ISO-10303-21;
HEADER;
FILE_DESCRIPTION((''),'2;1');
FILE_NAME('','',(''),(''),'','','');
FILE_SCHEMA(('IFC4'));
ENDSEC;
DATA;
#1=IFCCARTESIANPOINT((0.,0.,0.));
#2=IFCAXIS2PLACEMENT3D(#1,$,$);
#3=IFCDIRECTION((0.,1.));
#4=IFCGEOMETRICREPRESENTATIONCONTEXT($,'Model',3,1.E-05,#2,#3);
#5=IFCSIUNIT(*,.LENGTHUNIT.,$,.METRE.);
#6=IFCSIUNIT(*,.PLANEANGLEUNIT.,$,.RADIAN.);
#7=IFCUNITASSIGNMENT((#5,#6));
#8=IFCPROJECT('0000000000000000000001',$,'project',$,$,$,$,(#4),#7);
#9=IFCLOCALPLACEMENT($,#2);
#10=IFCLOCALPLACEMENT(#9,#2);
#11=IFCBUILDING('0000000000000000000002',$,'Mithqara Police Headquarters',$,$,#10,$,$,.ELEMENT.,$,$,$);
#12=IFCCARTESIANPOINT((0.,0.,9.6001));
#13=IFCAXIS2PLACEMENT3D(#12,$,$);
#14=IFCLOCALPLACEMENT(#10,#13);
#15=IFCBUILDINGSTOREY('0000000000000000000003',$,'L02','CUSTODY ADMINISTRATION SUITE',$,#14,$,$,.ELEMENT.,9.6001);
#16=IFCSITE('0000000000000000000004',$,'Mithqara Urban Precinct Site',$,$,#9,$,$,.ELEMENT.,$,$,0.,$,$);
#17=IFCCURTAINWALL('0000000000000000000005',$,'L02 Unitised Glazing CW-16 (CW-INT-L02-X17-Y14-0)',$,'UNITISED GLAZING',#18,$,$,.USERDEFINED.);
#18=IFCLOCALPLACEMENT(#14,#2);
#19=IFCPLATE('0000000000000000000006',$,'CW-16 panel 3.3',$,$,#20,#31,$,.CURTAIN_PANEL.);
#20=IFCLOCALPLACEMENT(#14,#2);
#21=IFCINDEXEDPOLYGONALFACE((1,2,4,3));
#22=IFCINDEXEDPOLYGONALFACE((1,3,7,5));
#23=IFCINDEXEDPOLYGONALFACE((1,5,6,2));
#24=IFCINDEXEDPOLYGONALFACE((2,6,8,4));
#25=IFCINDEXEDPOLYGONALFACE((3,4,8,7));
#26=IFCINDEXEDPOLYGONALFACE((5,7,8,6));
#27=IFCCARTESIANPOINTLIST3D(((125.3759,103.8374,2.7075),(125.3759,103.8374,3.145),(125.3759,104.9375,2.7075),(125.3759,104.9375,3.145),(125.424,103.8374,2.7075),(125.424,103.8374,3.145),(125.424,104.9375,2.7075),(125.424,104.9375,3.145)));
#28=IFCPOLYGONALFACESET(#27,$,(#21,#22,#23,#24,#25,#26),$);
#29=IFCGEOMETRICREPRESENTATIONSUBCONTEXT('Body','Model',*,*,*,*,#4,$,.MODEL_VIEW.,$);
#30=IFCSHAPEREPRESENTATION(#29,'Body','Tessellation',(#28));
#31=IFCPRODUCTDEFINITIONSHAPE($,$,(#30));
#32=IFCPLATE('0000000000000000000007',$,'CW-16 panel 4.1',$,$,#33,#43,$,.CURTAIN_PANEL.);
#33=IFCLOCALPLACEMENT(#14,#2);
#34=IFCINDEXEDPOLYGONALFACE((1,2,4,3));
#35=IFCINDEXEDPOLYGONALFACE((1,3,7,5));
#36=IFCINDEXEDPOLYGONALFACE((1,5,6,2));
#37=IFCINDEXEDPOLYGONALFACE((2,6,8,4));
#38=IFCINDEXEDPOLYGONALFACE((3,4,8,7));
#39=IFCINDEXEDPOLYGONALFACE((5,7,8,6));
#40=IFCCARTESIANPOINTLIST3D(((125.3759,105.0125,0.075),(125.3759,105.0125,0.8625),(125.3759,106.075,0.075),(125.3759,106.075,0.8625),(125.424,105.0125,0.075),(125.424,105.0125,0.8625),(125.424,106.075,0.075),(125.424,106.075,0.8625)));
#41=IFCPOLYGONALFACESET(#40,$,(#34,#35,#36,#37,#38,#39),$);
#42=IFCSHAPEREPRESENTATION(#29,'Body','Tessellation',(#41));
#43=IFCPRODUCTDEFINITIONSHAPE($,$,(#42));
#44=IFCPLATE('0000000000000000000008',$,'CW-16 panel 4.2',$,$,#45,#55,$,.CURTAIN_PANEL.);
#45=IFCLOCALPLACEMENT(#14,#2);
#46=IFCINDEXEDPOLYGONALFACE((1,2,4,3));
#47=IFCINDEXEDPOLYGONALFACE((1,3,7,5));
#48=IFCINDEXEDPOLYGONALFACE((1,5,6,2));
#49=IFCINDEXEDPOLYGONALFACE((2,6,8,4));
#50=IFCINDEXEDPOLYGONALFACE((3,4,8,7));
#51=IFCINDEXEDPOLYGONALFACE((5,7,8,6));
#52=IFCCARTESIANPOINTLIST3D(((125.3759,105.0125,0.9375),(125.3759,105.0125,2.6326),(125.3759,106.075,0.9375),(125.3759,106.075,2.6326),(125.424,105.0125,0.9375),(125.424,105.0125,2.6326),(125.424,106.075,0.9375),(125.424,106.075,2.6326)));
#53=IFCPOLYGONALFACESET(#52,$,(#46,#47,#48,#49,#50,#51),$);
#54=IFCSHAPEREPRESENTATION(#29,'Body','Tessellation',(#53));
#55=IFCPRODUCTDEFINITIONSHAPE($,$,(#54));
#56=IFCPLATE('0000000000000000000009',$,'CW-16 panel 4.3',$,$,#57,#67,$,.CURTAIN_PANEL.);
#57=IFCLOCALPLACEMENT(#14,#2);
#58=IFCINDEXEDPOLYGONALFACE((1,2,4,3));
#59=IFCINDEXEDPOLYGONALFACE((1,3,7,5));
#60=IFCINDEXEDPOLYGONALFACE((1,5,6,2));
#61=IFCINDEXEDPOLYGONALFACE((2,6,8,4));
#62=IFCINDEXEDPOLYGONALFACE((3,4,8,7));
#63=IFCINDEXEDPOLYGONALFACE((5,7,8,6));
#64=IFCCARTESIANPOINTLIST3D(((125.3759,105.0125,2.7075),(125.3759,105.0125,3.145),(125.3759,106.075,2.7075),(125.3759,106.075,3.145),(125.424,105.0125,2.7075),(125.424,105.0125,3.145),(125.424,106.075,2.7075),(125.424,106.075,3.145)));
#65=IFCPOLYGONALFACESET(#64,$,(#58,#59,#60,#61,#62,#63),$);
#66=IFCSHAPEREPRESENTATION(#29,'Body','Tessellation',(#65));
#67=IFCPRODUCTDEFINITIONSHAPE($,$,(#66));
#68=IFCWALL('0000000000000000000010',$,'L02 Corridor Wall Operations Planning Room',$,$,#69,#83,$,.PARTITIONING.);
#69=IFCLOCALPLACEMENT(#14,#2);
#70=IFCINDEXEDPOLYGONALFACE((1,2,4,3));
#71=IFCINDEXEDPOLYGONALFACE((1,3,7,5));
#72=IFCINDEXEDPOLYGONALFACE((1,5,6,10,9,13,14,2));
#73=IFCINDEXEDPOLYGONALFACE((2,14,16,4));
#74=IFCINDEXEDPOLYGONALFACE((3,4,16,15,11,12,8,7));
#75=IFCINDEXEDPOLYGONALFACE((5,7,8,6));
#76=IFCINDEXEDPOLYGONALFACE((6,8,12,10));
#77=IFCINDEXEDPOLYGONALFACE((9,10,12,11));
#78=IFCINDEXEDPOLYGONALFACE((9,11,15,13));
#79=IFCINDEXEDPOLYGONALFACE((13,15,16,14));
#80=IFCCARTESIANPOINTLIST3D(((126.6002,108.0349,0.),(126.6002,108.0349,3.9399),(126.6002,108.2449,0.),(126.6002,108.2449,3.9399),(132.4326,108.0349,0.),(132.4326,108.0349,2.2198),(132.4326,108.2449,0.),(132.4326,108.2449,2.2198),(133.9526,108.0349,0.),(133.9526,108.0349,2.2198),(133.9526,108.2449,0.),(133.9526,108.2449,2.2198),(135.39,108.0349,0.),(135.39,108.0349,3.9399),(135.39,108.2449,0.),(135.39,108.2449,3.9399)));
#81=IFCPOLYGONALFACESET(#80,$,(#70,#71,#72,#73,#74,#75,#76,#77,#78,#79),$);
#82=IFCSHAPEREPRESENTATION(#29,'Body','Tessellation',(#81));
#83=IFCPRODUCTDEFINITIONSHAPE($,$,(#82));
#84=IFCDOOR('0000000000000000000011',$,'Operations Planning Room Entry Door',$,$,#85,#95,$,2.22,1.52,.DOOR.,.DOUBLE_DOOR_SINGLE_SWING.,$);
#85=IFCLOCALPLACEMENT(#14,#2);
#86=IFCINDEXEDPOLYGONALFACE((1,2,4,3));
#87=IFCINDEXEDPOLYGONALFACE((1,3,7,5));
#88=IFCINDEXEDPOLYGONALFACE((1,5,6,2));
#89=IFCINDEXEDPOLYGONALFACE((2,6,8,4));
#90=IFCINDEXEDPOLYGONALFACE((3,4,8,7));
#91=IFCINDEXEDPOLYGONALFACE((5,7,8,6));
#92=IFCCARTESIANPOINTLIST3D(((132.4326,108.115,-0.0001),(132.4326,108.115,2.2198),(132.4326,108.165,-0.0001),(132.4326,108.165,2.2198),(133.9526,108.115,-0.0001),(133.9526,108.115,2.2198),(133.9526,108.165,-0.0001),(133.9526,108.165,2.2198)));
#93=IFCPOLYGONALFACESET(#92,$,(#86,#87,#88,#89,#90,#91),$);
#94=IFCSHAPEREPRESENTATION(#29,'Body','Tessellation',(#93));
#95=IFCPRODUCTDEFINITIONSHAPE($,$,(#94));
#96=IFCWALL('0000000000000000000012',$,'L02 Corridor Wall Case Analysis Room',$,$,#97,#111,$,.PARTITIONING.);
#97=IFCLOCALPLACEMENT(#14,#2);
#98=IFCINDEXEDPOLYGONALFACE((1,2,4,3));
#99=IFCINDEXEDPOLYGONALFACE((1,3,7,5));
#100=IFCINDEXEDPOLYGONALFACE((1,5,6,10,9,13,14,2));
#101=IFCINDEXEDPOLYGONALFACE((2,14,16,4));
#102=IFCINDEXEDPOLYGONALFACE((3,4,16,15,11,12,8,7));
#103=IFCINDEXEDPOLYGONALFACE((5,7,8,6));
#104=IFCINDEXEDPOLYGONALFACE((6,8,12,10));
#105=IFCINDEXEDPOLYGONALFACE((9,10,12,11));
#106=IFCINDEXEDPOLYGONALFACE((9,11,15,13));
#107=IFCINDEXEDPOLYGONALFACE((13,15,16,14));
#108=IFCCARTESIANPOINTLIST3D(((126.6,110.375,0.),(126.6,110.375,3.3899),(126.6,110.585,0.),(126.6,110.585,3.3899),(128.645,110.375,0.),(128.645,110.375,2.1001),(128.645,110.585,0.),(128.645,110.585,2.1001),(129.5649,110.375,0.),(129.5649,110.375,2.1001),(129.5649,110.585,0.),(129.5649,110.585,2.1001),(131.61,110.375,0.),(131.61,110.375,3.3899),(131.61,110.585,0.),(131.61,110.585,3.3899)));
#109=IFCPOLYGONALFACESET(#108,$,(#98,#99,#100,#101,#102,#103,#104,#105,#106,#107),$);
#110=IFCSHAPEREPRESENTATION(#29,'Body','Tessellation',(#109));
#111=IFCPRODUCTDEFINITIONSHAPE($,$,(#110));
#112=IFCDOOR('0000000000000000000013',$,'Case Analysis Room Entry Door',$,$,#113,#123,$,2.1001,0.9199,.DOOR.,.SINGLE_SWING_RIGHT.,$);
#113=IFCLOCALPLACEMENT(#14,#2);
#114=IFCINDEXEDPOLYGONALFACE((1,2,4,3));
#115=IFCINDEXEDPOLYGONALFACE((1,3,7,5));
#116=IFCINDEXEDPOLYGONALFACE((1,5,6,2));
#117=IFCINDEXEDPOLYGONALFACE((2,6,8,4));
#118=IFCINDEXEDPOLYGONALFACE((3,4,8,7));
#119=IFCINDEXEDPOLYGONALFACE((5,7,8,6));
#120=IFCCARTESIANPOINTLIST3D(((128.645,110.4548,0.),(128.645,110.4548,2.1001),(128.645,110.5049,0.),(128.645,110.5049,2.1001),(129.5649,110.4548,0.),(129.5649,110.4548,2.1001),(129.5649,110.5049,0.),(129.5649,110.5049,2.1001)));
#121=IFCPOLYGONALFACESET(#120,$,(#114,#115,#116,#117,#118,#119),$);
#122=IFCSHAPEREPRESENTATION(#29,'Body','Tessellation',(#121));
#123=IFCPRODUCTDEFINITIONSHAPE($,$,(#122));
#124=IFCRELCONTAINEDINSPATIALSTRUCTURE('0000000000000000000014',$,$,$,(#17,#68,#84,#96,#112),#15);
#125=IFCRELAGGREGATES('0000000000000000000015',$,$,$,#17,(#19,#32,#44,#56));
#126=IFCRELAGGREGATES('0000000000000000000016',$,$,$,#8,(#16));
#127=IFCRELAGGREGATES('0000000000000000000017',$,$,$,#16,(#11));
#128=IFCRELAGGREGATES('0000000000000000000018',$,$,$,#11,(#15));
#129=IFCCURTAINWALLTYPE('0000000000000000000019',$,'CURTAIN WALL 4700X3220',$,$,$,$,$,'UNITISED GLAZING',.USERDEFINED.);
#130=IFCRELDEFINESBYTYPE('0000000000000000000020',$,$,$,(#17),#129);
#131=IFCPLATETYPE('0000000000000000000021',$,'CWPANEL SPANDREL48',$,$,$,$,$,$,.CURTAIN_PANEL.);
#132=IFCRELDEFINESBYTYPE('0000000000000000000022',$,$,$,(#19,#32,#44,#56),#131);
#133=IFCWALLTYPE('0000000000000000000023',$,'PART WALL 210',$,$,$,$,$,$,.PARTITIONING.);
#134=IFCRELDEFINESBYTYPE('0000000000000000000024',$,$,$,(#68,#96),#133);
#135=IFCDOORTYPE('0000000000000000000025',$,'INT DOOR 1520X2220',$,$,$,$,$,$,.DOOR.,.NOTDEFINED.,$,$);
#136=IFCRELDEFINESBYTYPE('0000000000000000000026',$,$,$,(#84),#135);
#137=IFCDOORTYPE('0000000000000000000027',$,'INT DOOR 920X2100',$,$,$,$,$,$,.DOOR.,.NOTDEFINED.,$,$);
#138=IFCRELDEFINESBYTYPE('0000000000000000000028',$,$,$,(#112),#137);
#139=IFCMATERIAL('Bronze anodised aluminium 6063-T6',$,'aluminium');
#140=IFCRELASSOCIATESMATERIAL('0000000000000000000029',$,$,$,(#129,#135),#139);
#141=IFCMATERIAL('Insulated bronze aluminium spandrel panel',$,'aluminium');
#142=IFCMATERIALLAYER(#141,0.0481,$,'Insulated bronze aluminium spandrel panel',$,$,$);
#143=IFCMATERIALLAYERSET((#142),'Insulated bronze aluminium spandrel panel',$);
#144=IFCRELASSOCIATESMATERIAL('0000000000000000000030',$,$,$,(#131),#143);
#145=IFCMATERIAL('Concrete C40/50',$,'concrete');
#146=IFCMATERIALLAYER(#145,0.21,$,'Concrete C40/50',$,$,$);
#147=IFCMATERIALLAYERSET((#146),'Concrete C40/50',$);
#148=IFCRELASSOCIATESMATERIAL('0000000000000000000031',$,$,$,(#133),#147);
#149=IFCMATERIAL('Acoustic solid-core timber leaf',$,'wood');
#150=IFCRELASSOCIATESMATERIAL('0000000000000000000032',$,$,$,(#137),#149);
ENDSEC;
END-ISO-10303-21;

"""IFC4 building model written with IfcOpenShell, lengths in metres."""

from ifc_helpers import new_model, si_unit, direction, frame, frame_2d, origin, origin_2d, place, context, subcontext, project, spatial, rectangle, extrude, material, layer, layer_set, type_object, element, fill, aggregate, save


model = new_model("IFC4")

# Units and contexts
model_context = context("Model", 3, precision=1e-05, world=origin(), true_north=direction((0.0, 1.0)))
body_context = subcontext(model_context, "Body", "Model", "MODEL_VIEW")
ifc_project = project(units=[si_unit("LENGTHUNIT", "METRE"), si_unit("PLANEANGLEUNIT", "RADIAN")], contexts=[model_context])

# Site, building, storey
site_placement = place(None, origin())
site = spatial("IfcSite", under=ifc_project, at=site_placement, Name="Mithqara Urban Precinct Site", CompositionType="ELEMENT", RefElevation=0.0)
building_placement = place(site_placement, origin())
building = spatial("IfcBuilding", under=site, at=building_placement, Name="Mithqara Police Headquarters", CompositionType="ELEMENT")
storey_placement = place(building_placement, frame((0.0, 0.0, 9.6001)))
storey = spatial("IfcBuildingStorey", under=building, at=storey_placement, Name="L02", Description="CUSTODY ADMINISTRATION SUITE", CompositionType="ELEMENT", Elevation=9.6001)

# Shared definitions
ifc_material_1 = material(Name="Concrete C40/50", Category="concrete")

# Curtain wall, plates
ifc_material_2 = material(Name="Bronze anodised aluminium 6063-T6", Category="aluminium")
curtain_wall_type = type_object("IfcCurtainWallType", Name="CURTAIN WALL 4700X3220", ElementType="UNITISED GLAZING", PredefinedType="USERDEFINED", material=ifc_material_2)
curtain_wall_placement = place(storey_placement, origin())
curtain_wall = element("IfcCurtainWall", 1, at=curtain_wall_placement, inside=storey, type_object=curtain_wall_type, Name="L02 Unitised Glazing CW-16 (CW-INT-L02-X17-Y14-0)", ObjectType="UNITISED GLAZING", PredefinedType="USERDEFINED")
ifc_material_3 = material(Name="Insulated bronze aluminium spandrel panel", Category="aluminium")
ifc_layer_1 = layer(ifc_material_3, 0.0481, Name="Insulated bronze aluminium spandrel panel")
ifc_layer_set_1 = layer_set([ifc_layer_1], Name="Insulated bronze aluminium spandrel panel")
plate_type = type_object("IfcPlateType", Name="CWPANEL SPANDREL48", PredefinedType="CURTAIN_PANEL", material=ifc_layer_set_1)
plate_1_placement = place(storey_placement, frame((125.3999, 104.3875, 2.7075), z_axis=(0.0, 0.0, 1.0), x_axis=(0.0, 1.0, 0.0)))
plate_1 = element("IfcPlate", 2, at=plate_1_placement, type_object=plate_type, Name="CW-16 panel 3.3", PredefinedType="CURTAIN_PANEL", context=body_context, shape_type="SweptSolid", body=[
    extrude(rectangle(XDim=1.1001, YDim=0.0481, at=origin_2d()), origin(), (0.0, 0.0, 1.0), 0.4375),
])
plate_2_placement = place(storey_placement, frame((125.3999, 105.5437, 0.075), z_axis=(0.0, 0.0, 1.0), x_axis=(0.0, 1.0, 0.0)))
plate_2 = element("IfcPlate", 3, at=plate_2_placement, type_object=plate_type, Name="CW-16 panel 4.1", PredefinedType="CURTAIN_PANEL", context=body_context, shape_type="SweptSolid", body=[
    extrude(rectangle(XDim=1.0625, YDim=0.0481, at=origin_2d()), origin(), (0.0, 0.0, 1.0), 0.7876),
])
plate_3_placement = place(storey_placement, frame((125.3999, 105.5437, 0.9375), z_axis=(0.0, 0.0, 1.0), x_axis=(0.0, 1.0, 0.0)))
plate_3 = element("IfcPlate", 4, at=plate_3_placement, type_object=plate_type, Name="CW-16 panel 4.2", PredefinedType="CURTAIN_PANEL", context=body_context, shape_type="SweptSolid", body=[
    extrude(rectangle(XDim=1.0625, YDim=0.0481, at=origin_2d()), origin(), (0.0, 0.0, 1.0), 1.6951),
])
plate_4_placement = place(storey_placement, frame((125.3999, 105.5437, 2.7075), z_axis=(0.0, 0.0, 1.0), x_axis=(0.0, 1.0, 0.0)))
plate_4 = element("IfcPlate", 5, at=plate_4_placement, type_object=plate_type, Name="CW-16 panel 4.3", PredefinedType="CURTAIN_PANEL", context=body_context, shape_type="SweptSolid", body=[
    extrude(rectangle(XDim=1.0625, YDim=0.0481, at=origin_2d()), origin(), (0.0, 0.0, 1.0), 0.4375),
])
aggregate(curtain_wall, [plate_1, plate_2, plate_3, plate_4])

# Walls, openings, doors
ifc_layer_2 = layer(ifc_material_1, 0.21, Name="Concrete C40/50")
ifc_layer_set_2 = layer_set([ifc_layer_2], Name="Concrete C40/50")
wall_type = type_object("IfcWallType", Name="PART WALL 210", PredefinedType="PARTITIONING", material=ifc_layer_set_2)
wall_1_placement = place(storey_placement, frame((126.6001, 108.1399, 0.0), z_axis=(0.0, 0.0, 1.0), x_axis=(1.0, 0.0, 0.0)))
wall_1 = element("IfcWall", 6, at=wall_1_placement, inside=storey, type_object=wall_type, Name="L02 Corridor Wall Operations Planning Room", PredefinedType="PARTITIONING", context=body_context, shape_type="SweptSolid", body=[
    extrude(rectangle(XDim=8.7898, YDim=0.21, at=frame_2d((4.395, 0.0))), origin(), (0.0, 0.0, 1.0), 3.9399),
])
opening_1_placement = place(wall_1_placement, frame((5.8325, 0.0, 0.0)))
opening_1 = element("IfcOpeningElement", 7, at=opening_1_placement, cuts=wall_1, PredefinedType="OPENING", context=body_context, shape_type="SweptSolid", body=[
    extrude(rectangle(XDim=1.52, YDim=2.22, at=frame_2d((0.76, 1.1099))), frame((0.0, 0.115, 0.0), z_axis=(0.0, -1.0, 0.0), x_axis=(1.0, 0.0, 0.0)), (0.0, 0.0, 1.0), 0.23),
])
door_type_1 = type_object("IfcDoorType", Name="INT DOOR 1520X2220", OperationType="NOTDEFINED", PredefinedType="DOOR", material=ifc_material_2)
door_1_placement = place(opening_1_placement, frame((1.52, 0.0, 0.0), z_axis=(0.0, 0.0, 1.0), x_axis=(-1.0, 0.0, 0.0)))
door_1 = element("IfcDoor", 8, at=door_1_placement, inside=storey, type_object=door_type_1, Name="Operations Planning Room Entry Door", OperationType="DOUBLE_DOOR_SINGLE_SWING", OverallHeight=2.22, OverallWidth=1.52, PredefinedType="DOOR", context=body_context, shape_type="SweptSolid", body=[
    extrude(rectangle(XDim=1.52, YDim=2.22, at=frame_2d((0.76, 1.1099))), frame((0.0, 0.0249, 0.0), z_axis=(0.0, -1.0, 0.0), x_axis=(1.0, 0.0, 0.0)), (0.0, 0.0, 1.0), 0.05),
])
fill(opening_1, door_1)
wall_2_placement = place(storey_placement, frame((126.6001, 110.48, 0.0), z_axis=(0.0, 0.0, 1.0), x_axis=(1.0, 0.0, 0.0)))
wall_2 = element("IfcWall", 9, at=wall_2_placement, inside=storey, type_object=wall_type, Name="L02 Corridor Wall Case Analysis Room", PredefinedType="PARTITIONING", context=body_context, shape_type="SweptSolid", body=[
    extrude(rectangle(XDim=5.01, YDim=0.21, at=frame_2d((2.5049, 0.0))), origin(), (0.0, 0.0, 1.0), 3.3899),
])
opening_2_placement = place(wall_2_placement, frame((2.0449, 0.0, 0.0)))
opening_2 = element("IfcOpeningElement", 10, at=opening_2_placement, cuts=wall_2, PredefinedType="OPENING", context=body_context, shape_type="SweptSolid", body=[
    extrude(rectangle(XDim=0.9199, YDim=2.1001, at=frame_2d((0.46, 1.05))), frame((0.0, 0.115, 0.0), z_axis=(0.0, -1.0, 0.0), x_axis=(1.0, 0.0, 0.0)), (0.0, 0.0, 1.0), 0.23),
])
ifc_material_4 = material(Name="Acoustic solid-core timber leaf", Category="wood")
door_type_2 = type_object("IfcDoorType", Name="INT DOOR 920X2100", OperationType="NOTDEFINED", PredefinedType="DOOR", material=ifc_material_4)
door_2_placement = place(opening_2_placement, origin())
door_2 = element("IfcDoor", 11, at=door_2_placement, inside=storey, type_object=door_type_2, Name="Case Analysis Room Entry Door", OperationType="SINGLE_SWING_RIGHT", OverallHeight=2.1001, OverallWidth=0.9199, PredefinedType="DOOR", context=body_context, shape_type="SweptSolid", body=[
    extrude(rectangle(XDim=0.9199, YDim=2.1001, at=frame_2d((0.46, 1.05))), frame((0.0, 0.0249, 0.0), z_axis=(0.0, -1.0, 0.0), x_axis=(1.0, 0.0, 0.0)), (0.0, 0.0, 1.0), 0.05),
])
fill(opening_2, door_2)

save(model, "model.ifc")
